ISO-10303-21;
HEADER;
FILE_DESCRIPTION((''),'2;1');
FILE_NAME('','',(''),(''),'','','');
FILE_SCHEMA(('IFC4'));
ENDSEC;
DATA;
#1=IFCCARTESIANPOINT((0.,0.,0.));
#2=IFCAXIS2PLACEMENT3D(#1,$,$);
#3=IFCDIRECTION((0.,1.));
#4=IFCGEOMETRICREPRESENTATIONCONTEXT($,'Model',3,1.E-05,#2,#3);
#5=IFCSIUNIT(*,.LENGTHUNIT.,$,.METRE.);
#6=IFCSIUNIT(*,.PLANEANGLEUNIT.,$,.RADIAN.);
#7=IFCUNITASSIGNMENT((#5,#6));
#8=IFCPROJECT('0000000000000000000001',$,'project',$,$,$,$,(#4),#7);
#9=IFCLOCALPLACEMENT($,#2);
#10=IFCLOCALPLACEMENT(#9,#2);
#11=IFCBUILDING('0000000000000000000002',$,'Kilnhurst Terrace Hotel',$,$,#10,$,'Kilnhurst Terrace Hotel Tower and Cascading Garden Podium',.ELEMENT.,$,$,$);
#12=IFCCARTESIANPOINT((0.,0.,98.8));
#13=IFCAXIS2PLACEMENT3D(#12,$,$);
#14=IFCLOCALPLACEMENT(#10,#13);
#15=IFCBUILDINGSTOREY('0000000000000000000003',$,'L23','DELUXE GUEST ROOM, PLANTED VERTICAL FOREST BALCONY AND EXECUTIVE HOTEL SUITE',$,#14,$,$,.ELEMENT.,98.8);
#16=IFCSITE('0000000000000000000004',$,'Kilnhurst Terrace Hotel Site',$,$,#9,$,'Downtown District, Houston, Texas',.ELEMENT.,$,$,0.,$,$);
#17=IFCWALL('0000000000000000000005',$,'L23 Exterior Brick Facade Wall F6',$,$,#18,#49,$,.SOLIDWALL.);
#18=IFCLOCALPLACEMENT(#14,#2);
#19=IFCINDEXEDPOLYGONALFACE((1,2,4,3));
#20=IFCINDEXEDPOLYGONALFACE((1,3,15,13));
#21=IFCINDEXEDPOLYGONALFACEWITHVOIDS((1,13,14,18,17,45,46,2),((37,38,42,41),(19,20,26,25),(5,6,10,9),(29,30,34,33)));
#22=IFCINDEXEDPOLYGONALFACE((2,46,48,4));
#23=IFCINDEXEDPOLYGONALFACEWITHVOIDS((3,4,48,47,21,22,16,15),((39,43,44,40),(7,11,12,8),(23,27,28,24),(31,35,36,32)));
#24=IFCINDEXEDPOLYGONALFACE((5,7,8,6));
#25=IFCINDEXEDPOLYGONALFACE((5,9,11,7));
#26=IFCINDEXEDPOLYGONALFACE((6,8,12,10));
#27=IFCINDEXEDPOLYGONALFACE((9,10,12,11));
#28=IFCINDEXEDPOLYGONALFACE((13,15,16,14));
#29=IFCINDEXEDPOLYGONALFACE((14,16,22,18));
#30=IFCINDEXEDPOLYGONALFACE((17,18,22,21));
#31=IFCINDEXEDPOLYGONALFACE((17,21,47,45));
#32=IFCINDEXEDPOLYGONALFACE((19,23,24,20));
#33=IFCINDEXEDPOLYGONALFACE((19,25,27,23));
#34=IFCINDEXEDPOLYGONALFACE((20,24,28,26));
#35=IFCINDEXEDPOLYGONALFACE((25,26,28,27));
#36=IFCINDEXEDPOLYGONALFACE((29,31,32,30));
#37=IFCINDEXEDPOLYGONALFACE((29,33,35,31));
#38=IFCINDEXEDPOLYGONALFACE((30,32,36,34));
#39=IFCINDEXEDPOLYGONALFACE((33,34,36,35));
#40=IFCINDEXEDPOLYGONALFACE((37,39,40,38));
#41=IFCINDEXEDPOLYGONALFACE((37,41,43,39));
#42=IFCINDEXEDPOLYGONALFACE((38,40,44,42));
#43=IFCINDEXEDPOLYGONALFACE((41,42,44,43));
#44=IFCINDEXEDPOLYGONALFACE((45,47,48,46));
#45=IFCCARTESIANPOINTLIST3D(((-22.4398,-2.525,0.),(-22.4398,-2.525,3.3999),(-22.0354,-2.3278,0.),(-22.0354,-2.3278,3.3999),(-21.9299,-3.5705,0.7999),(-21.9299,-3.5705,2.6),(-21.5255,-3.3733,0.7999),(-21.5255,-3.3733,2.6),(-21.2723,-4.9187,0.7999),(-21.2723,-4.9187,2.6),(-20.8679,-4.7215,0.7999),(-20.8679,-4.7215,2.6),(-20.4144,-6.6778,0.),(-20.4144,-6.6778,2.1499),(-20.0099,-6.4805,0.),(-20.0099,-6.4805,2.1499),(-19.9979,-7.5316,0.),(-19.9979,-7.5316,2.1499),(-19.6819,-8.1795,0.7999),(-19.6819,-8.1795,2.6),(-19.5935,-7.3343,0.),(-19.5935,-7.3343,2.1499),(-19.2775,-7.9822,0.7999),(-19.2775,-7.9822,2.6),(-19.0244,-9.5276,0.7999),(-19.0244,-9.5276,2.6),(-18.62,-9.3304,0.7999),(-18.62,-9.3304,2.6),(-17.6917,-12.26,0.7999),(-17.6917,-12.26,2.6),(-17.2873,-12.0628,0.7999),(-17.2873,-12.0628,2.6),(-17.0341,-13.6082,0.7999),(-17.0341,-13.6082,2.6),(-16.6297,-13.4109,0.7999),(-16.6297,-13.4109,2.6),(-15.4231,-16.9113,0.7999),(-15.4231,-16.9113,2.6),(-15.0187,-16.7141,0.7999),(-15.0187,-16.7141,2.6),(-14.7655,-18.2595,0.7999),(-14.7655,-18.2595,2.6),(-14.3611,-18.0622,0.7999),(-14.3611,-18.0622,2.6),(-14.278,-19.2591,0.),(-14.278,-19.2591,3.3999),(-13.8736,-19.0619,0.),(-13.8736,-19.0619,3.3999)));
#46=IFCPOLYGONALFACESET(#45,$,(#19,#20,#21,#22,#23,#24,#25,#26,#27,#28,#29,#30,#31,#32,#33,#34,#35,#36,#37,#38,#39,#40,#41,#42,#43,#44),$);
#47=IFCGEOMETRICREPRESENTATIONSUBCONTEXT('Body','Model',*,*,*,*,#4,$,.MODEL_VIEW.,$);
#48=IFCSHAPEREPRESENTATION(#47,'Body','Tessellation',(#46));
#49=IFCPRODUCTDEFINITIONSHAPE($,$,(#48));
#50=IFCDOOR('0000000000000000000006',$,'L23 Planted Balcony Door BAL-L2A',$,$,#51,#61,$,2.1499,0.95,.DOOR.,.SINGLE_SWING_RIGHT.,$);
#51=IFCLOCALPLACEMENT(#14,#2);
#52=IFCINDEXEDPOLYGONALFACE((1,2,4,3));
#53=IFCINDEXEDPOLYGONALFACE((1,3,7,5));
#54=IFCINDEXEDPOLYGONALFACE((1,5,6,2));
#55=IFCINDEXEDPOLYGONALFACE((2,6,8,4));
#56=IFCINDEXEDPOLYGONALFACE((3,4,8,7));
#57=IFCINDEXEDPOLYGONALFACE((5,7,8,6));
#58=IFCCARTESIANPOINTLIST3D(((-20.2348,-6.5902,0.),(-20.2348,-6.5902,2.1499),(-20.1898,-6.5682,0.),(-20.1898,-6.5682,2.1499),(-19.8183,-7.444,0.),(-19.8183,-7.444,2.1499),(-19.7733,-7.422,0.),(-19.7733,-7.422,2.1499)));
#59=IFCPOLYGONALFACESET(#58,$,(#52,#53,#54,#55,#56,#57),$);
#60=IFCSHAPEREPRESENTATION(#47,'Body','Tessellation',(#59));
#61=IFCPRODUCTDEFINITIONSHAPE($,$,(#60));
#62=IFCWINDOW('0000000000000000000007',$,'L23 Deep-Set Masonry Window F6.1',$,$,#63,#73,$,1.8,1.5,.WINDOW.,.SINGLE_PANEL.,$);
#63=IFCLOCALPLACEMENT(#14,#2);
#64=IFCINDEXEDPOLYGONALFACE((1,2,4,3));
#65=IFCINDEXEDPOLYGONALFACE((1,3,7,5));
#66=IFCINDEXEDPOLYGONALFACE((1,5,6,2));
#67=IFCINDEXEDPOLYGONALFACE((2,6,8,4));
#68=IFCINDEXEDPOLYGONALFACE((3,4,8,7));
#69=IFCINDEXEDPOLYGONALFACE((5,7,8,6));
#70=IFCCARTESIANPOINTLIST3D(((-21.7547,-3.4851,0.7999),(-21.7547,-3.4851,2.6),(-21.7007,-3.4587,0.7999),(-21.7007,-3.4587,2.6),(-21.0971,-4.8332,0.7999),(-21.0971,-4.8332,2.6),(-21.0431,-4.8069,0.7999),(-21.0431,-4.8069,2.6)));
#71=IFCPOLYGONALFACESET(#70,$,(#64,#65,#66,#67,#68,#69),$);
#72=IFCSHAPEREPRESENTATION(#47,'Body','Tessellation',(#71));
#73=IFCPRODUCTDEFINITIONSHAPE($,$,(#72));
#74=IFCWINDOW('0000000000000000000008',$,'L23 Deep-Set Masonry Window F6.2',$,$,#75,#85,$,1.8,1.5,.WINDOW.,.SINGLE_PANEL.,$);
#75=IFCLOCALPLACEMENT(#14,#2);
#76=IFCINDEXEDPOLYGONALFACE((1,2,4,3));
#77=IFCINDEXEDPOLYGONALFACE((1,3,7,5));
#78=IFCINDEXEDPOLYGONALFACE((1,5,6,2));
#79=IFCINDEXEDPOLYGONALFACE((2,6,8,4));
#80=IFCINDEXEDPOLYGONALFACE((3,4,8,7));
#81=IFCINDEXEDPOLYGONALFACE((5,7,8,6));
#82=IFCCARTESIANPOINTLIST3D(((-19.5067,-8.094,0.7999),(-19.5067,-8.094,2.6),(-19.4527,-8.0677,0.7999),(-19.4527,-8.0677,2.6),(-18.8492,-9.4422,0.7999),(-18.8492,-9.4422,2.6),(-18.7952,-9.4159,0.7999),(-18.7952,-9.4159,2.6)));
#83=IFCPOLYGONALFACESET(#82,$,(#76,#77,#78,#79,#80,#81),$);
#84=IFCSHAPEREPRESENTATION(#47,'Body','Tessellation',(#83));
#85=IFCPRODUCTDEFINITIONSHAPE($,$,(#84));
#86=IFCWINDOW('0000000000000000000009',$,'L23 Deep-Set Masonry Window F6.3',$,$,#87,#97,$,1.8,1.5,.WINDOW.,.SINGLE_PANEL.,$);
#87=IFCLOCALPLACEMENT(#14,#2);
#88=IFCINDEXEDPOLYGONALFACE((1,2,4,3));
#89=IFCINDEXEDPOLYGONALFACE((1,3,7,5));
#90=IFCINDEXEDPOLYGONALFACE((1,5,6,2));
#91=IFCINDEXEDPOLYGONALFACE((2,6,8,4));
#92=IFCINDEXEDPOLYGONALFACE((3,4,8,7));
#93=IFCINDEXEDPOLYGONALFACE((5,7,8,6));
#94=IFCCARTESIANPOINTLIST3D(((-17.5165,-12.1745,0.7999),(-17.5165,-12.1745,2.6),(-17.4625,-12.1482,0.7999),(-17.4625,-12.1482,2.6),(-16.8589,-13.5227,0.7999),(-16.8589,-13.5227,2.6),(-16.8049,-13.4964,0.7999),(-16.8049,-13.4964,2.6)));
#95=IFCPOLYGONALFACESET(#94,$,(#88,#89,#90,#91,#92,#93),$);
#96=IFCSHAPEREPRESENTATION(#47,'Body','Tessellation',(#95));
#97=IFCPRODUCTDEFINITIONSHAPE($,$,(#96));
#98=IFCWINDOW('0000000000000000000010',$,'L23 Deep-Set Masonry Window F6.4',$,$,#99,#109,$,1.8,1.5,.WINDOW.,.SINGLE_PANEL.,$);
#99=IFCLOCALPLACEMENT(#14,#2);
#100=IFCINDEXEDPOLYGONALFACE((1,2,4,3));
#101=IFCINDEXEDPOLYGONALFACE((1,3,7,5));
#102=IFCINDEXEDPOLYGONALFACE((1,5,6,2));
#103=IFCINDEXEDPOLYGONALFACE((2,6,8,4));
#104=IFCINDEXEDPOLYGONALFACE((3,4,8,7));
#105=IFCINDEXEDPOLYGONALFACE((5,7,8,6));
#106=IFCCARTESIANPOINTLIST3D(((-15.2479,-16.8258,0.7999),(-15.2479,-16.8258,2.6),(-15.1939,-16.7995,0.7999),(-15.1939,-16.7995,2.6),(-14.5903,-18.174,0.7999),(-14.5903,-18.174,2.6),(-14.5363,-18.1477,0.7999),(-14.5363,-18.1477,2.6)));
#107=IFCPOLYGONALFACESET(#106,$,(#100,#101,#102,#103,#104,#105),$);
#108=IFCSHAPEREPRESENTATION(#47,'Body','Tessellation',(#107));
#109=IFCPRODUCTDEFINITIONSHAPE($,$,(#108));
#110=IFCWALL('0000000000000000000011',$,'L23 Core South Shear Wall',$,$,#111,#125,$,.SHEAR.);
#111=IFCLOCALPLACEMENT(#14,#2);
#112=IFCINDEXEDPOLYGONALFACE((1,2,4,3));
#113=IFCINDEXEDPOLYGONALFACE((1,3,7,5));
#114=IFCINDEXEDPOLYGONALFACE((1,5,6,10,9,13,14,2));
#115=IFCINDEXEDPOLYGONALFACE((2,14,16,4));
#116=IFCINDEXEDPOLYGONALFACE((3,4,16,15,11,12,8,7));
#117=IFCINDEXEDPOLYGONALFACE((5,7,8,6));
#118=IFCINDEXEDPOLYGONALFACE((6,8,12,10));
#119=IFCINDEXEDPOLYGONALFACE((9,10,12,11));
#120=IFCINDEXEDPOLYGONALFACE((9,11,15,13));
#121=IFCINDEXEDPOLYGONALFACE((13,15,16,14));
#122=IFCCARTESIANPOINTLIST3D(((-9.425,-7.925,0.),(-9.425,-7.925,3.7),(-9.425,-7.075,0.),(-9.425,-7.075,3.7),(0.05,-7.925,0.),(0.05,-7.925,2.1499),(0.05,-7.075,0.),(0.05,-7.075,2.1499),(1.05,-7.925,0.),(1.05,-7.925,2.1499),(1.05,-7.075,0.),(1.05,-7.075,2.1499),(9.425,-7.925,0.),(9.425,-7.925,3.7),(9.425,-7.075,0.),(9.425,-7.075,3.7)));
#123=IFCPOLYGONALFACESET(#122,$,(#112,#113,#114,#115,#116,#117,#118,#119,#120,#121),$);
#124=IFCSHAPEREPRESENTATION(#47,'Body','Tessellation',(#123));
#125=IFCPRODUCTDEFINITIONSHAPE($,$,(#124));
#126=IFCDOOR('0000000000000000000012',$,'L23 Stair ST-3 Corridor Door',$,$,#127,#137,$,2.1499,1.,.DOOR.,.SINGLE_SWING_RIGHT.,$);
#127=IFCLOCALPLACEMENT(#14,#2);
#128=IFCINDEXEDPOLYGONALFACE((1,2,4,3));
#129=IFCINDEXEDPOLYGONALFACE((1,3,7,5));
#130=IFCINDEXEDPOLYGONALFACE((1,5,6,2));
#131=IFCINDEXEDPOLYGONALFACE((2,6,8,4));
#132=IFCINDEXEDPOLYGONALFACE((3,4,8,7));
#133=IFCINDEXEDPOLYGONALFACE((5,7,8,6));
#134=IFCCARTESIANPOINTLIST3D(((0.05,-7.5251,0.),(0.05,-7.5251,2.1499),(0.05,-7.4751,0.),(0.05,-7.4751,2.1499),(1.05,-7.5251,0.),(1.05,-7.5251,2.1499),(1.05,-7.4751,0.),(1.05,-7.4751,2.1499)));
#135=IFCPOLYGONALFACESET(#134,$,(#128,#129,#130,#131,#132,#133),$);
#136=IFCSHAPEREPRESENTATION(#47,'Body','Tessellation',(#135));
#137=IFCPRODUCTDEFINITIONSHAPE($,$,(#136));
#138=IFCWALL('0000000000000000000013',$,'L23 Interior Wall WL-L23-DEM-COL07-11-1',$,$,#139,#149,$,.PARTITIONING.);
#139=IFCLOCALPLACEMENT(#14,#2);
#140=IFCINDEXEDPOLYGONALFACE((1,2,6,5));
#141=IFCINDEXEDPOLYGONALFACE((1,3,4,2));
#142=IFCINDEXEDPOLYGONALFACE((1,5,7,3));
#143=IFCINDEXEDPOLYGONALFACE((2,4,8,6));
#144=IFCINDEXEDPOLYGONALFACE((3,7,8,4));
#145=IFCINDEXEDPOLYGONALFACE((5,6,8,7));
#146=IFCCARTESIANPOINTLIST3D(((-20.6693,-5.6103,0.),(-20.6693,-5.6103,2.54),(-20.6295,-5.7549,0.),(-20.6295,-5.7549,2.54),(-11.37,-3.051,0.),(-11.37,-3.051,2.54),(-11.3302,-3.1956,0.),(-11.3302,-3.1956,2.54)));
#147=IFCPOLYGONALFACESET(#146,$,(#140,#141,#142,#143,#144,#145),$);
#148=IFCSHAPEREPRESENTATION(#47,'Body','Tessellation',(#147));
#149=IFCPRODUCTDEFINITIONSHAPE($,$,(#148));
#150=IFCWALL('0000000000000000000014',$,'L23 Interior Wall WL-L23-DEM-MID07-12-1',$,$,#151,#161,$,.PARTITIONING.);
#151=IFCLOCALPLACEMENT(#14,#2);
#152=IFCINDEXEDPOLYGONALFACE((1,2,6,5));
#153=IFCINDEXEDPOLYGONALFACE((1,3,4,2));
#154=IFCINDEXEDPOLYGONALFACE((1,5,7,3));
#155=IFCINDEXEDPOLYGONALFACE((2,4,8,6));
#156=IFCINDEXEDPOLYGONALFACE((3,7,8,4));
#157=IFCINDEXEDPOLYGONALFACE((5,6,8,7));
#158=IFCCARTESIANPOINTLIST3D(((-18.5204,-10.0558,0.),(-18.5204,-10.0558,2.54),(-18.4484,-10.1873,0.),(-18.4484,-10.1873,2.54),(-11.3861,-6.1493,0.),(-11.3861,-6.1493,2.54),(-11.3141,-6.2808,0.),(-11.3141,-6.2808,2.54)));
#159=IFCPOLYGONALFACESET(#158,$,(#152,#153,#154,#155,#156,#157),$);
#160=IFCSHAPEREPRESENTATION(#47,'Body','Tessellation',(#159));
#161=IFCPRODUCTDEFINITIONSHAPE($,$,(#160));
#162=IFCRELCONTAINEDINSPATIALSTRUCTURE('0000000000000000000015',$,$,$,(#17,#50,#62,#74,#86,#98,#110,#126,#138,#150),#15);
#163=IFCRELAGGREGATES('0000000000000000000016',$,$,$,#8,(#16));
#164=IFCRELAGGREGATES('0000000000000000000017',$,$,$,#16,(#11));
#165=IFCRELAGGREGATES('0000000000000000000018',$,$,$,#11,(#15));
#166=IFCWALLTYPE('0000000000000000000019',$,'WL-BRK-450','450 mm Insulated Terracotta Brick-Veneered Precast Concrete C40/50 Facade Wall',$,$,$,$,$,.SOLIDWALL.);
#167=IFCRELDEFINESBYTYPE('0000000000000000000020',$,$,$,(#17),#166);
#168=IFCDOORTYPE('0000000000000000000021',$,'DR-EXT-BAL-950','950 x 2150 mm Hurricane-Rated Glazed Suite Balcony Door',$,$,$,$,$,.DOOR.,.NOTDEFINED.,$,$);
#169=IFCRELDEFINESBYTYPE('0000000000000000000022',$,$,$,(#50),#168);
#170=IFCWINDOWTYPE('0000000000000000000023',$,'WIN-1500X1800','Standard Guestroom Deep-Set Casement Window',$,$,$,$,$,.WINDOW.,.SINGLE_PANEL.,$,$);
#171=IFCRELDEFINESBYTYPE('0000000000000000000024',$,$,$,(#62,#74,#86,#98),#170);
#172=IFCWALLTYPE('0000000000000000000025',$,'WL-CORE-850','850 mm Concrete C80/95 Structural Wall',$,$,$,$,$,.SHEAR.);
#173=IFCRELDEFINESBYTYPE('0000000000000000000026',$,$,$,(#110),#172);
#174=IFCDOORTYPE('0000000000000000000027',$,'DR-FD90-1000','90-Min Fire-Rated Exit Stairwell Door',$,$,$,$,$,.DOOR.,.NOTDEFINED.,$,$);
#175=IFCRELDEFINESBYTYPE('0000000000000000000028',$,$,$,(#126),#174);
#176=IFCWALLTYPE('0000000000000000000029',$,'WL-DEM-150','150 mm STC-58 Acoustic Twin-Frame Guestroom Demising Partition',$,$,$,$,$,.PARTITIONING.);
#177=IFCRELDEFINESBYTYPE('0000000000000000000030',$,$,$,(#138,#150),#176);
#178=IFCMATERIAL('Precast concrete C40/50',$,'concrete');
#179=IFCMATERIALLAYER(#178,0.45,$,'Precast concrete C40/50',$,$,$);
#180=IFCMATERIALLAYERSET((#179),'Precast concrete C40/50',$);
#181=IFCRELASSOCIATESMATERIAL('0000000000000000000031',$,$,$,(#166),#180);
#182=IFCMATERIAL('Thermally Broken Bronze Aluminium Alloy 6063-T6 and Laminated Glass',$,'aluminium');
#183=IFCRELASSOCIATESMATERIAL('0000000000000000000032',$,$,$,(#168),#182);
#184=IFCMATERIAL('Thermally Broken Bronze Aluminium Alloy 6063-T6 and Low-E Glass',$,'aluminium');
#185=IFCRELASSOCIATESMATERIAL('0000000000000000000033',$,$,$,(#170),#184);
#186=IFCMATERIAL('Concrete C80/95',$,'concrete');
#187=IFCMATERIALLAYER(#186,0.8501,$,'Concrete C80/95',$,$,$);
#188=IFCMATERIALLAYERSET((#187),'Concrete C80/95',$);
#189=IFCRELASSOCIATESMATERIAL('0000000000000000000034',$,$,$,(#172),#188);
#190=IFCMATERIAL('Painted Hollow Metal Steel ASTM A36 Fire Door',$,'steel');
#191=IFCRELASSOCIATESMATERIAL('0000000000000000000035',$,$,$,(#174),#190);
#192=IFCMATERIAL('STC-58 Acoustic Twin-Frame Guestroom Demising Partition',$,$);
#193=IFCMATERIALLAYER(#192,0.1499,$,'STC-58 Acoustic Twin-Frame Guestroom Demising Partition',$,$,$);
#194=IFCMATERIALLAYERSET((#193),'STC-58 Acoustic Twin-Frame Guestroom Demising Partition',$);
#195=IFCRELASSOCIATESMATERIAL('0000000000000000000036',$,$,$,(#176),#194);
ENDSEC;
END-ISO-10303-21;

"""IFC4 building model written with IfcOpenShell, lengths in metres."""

from ifc_helpers import new_model, si_unit, direction, frame, frame_2d, origin, place, context, subcontext, project, spatial, rectangle, extrude, material, layer, layer_set, type_object, element, fill, save


model = new_model("IFC4")

# Units and contexts
model_context = context("Model", 3, precision=1e-05, world=origin(), true_north=direction((0.0, 1.0)))
body_context = subcontext(model_context, "Body", "Model", "MODEL_VIEW")
ifc_project = project(units=[si_unit("LENGTHUNIT", "METRE"), si_unit("PLANEANGLEUNIT", "RADIAN")], contexts=[model_context])

# Site, building, storey
site_placement = place(None, origin())
site = spatial("IfcSite", under=ifc_project, at=site_placement, Name="Kilnhurst Terrace Hotel Site", LongName="Downtown District, Houston, Texas", CompositionType="ELEMENT", RefElevation=0.0)
building_placement = place(site_placement, origin())
building = spatial("IfcBuilding", under=site, at=building_placement, Name="Kilnhurst Terrace Hotel", LongName="Kilnhurst Terrace Hotel Tower and Cascading Garden Podium", CompositionType="ELEMENT")
storey_placement = place(building_placement, frame((0.0, 0.0, 98.8)))
storey = spatial("IfcBuildingStorey", under=building, at=storey_placement, Name="L23", Description="DELUXE GUEST ROOM, PLANTED VERTICAL FOREST BALCONY AND EXECUTIVE HOTEL SUITE", CompositionType="ELEMENT", Elevation=98.8)

# Shared definitions
ifc_material_1 = material(Name="Concrete C80/95", Category="concrete")

# Shared definitions
ifc_material_2 = material(Name="Precast concrete C40/50", Category="concrete")
ifc_layer_1 = layer(ifc_material_2, 0.45, Name="Precast concrete C40/50")
ifc_layer_set_1 = layer_set([ifc_layer_1], Name="Precast concrete C40/50")
wall_type_1 = type_object("IfcWallType", Name="WL-BRK-450", Description="450 mm Insulated Terracotta Brick-Veneered Precast Concrete C40/50 Facade Wall", PredefinedType="SOLIDWALL", material=ifc_layer_set_1)

# Wall, openings, door, windows
wall_1_placement = place(storey_placement, frame((-22.2375, -2.4265, 0.0), z_axis=(0.0, 0.0, 1.0), x_axis=(0.438375, -0.898792, 0.0)))
wall_1 = element("IfcWall", 1, at=wall_1_placement, inside=storey, type_object=wall_type_1, Name="L23 Exterior Brick Facade Wall F6", PredefinedType="SOLIDWALL", context=body_context, shape_type="SweptSolid", body=[
    extrude(rectangle(XDim=18.6184, YDim=0.45, at=frame_2d((9.3091, 0.0))), origin(), (0.0, 0.0, 1.0), 3.3999),
])
opening_1_placement = place(wall_1_placement, frame((4.6201, 0.0, 0.0)))
opening_1 = element("IfcOpeningElement", 2, at=opening_1_placement, cuts=wall_1, PredefinedType="OPENING", context=body_context, shape_type="SweptSolid", body=[
    extrude(rectangle(XDim=0.95, YDim=2.1499, at=frame_2d((0.4751, 1.075))), frame((0.0, 0.2349, 0.0), z_axis=(0.0, -1.0, 0.0), x_axis=(1.0, 0.0, 0.0)), (0.0, 0.0, 1.0), 0.47),
])
opening_2_placement = place(wall_1_placement, frame((1.1631, 0.0, 0.8)))
opening_2 = element("IfcOpeningElement", 3, at=opening_2_placement, cuts=wall_1, PredefinedType="OPENING", context=body_context, shape_type="SweptSolid", body=[
    extrude(rectangle(XDim=1.5, YDim=1.8, at=frame_2d((0.75, 0.8999))), frame((0.0, 0.2349, 0.0), z_axis=(0.0, -1.0, 0.0), x_axis=(1.0, 0.0, 0.0)), (0.0, 0.0, 1.0), 0.47),
])
opening_3_placement = place(wall_1_placement, frame((6.291, 0.0, 0.8)))
opening_3 = element("IfcOpeningElement", 4, at=opening_3_placement, cuts=wall_1, PredefinedType="OPENING", context=body_context, shape_type="SweptSolid", body=[
    extrude(rectangle(XDim=1.5, YDim=1.8, at=frame_2d((0.75, 0.8999))), frame((0.0, 0.2349, 0.0), z_axis=(0.0, -1.0, 0.0), x_axis=(1.0, 0.0, 0.0)), (0.0, 0.0, 1.0), 0.47),
])
opening_4_placement = place(wall_1_placement, frame((10.8311, 0.0, 0.8)))
opening_4 = element("IfcOpeningElement", 5, at=opening_4_placement, cuts=wall_1, PredefinedType="OPENING", context=body_context, shape_type="SweptSolid", body=[
    extrude(rectangle(XDim=1.5, YDim=1.8, at=frame_2d((0.75, 0.8999))), frame((0.0, 0.2349, 0.0), z_axis=(0.0, -1.0, 0.0), x_axis=(1.0, 0.0, 0.0)), (0.0, 0.0, 1.0), 0.47),
])
opening_5_placement = place(wall_1_placement, frame((16.0061, 0.0, 0.8)))
opening_5 = element("IfcOpeningElement", 6, at=opening_5_placement, cuts=wall_1, PredefinedType="OPENING", context=body_context, shape_type="SweptSolid", body=[
    extrude(rectangle(XDim=1.5, YDim=1.8, at=frame_2d((0.75, 0.8999))), frame((0.0, 0.2349, 0.0), z_axis=(0.0, -1.0, 0.0), x_axis=(1.0, 0.0, 0.0)), (0.0, 0.0, 1.0), 0.47),
])
ifc_material_3 = material(Name="Thermally Broken Bronze Aluminium Alloy 6063-T6 and Laminated Glass", Category="aluminium")
door_type_1 = type_object("IfcDoorType", Name="DR-EXT-BAL-950", Description="950 x 2150 mm Hurricane-Rated Glazed Suite Balcony Door", OperationType="NOTDEFINED", PredefinedType="DOOR", material=ifc_material_3)
door_1_placement = place(opening_1_placement, origin())
door_1 = element("IfcDoor", 7, at=door_1_placement, inside=storey, type_object=door_type_1, Name="L23 Planted Balcony Door BAL-L2A", OperationType="SINGLE_SWING_RIGHT", OverallHeight=2.1499, OverallWidth=0.95, PredefinedType="DOOR", context=body_context, shape_type="SweptSolid", body=[
    extrude(rectangle(XDim=0.95, YDim=2.1499, at=frame_2d((0.4751, 1.075))), frame((0.0, 0.0249, 0.0), z_axis=(0.0, -1.0, 0.0), x_axis=(1.0, 0.0, 0.0)), (0.0, 0.0, 1.0), 0.05),
])
fill(opening_1, door_1)
ifc_material_4 = material(Name="Thermally Broken Bronze Aluminium Alloy 6063-T6 and Low-E Glass", Category="aluminium")
window_type = type_object("IfcWindowType", Name="WIN-1500X1800", Description="Standard Guestroom Deep-Set Casement Window", PartitioningType="SINGLE_PANEL", PredefinedType="WINDOW", material=ifc_material_4)
window_1_placement = place(opening_2_placement, origin())
window_1 = element("IfcWindow", 8, at=window_1_placement, inside=storey, type_object=window_type, Name="L23 Deep-Set Masonry Window F6.1", OverallHeight=1.8, OverallWidth=1.5, PartitioningType="SINGLE_PANEL", PredefinedType="WINDOW", context=body_context, shape_type="SweptSolid", body=[
    extrude(rectangle(XDim=1.5, YDim=1.8, at=frame_2d((0.75, 0.8999))), frame((0.0, 0.03, 0.0), z_axis=(0.0, -1.0, 0.0), x_axis=(1.0, 0.0, 0.0)), (0.0, 0.0, 1.0), 0.0601),
])
fill(opening_2, window_1)
window_2_placement = place(opening_3_placement, origin())
window_2 = element("IfcWindow", 9, at=window_2_placement, inside=storey, type_object=window_type, Name="L23 Deep-Set Masonry Window F6.2", OverallHeight=1.8, OverallWidth=1.5, PartitioningType="SINGLE_PANEL", PredefinedType="WINDOW", context=body_context, shape_type="SweptSolid", body=[
    extrude(rectangle(XDim=1.5, YDim=1.8, at=frame_2d((0.75, 0.8999))), frame((0.0, 0.03, 0.0), z_axis=(0.0, -1.0, 0.0), x_axis=(1.0, 0.0, 0.0)), (0.0, 0.0, 1.0), 0.0601),
])
fill(opening_3, window_2)
window_3_placement = place(opening_4_placement, origin())
window_3 = element("IfcWindow", 10, at=window_3_placement, inside=storey, type_object=window_type, Name="L23 Deep-Set Masonry Window F6.3", OverallHeight=1.8, OverallWidth=1.5, PartitioningType="SINGLE_PANEL", PredefinedType="WINDOW", context=body_context, shape_type="SweptSolid", body=[
    extrude(rectangle(XDim=1.5, YDim=1.8, at=frame_2d((0.75, 0.8999))), frame((0.0, 0.03, 0.0), z_axis=(0.0, -1.0, 0.0), x_axis=(1.0, 0.0, 0.0)), (0.0, 0.0, 1.0), 0.0601),
])
fill(opening_4, window_3)
window_4_placement = place(opening_5_placement, origin())
window_4 = element("IfcWindow", 11, at=window_4_placement, inside=storey, type_object=window_type, Name="L23 Deep-Set Masonry Window F6.4", OverallHeight=1.8, OverallWidth=1.5, PartitioningType="SINGLE_PANEL", PredefinedType="WINDOW", context=body_context, shape_type="SweptSolid", body=[
    extrude(rectangle(XDim=1.5, YDim=1.8, at=frame_2d((0.75, 0.8999))), frame((0.0, 0.03, 0.0), z_axis=(0.0, -1.0, 0.0), x_axis=(1.0, 0.0, 0.0)), (0.0, 0.0, 1.0), 0.0601),
])
fill(opening_5, window_4)

# Wall, opening, door
ifc_layer_2 = layer(ifc_material_1, 0.8501, Name="Concrete C80/95")
ifc_layer_set_2 = layer_set([ifc_layer_2], Name="Concrete C80/95")
wall_type_2 = type_object("IfcWallType", Name="WL-CORE-850", Description="850 mm Concrete C80/95 Structural Wall", PredefinedType="SHEAR", material=ifc_layer_set_2)
wall_2_placement = place(storey_placement, frame((-9.425, -7.5, 0.0), z_axis=(0.0, 0.0, 1.0), x_axis=(1.0, 0.0, 0.0)))
wall_2 = element("IfcWall", 12, at=wall_2_placement, inside=storey, type_object=wall_type_2, Name="L23 Core South Shear Wall", PredefinedType="SHEAR", context=body_context, shape_type="SweptSolid", body=[
    extrude(rectangle(XDim=18.8501, YDim=0.8501, at=frame_2d((9.425, 0.0))), origin(), (0.0, 0.0, 1.0), 3.7),
])
opening_6_placement = place(wall_2_placement, frame((9.4751, 0.0, 0.0)))
opening_6 = element("IfcOpeningElement", 13, at=opening_6_placement, cuts=wall_2, PredefinedType="OPENING", context=body_context, shape_type="SweptSolid", body=[
    extrude(rectangle(XDim=1.0, YDim=2.1499, at=frame_2d((0.5, 1.075))), frame((0.0, 0.4351, 0.0), z_axis=(0.0, -1.0, 0.0), x_axis=(1.0, 0.0, 0.0)), (0.0, 0.0, 1.0), 0.8701),
])
ifc_material_5 = material(Name="Painted Hollow Metal Steel ASTM A36 Fire Door", Category="steel")
door_type_2 = type_object("IfcDoorType", Name="DR-FD90-1000", Description="90-Min Fire-Rated Exit Stairwell Door", OperationType="NOTDEFINED", PredefinedType="DOOR", material=ifc_material_5)
door_2_placement = place(opening_6_placement, origin())
door_2 = element("IfcDoor", 14, at=door_2_placement, inside=storey, type_object=door_type_2, Name="L23 Stair ST-3 Corridor Door", OperationType="SINGLE_SWING_RIGHT", OverallHeight=2.1499, OverallWidth=1.0, PredefinedType="DOOR", context=body_context, shape_type="SweptSolid", body=[
    extrude(rectangle(XDim=1.0, YDim=2.1499, at=frame_2d((0.5, 1.075))), frame((0.0, 0.0249, 0.0), z_axis=(0.0, -1.0, 0.0), x_axis=(1.0, 0.0, 0.0)), (0.0, 0.0, 1.0), 0.05),
])
fill(opening_6, door_2)

# Walls
ifc_material_6 = material(Name="STC-58 Acoustic Twin-Frame Guestroom Demising Partition")
ifc_layer_3 = layer(ifc_material_6, 0.1499, Name="STC-58 Acoustic Twin-Frame Guestroom Demising Partition")
ifc_layer_set_3 = layer_set([ifc_layer_3], Name="STC-58 Acoustic Twin-Frame Guestroom Demising Partition")
wall_type_3 = type_object("IfcWallType", Name="WL-DEM-150", Description="150 mm STC-58 Acoustic Twin-Frame Guestroom Demising Partition", PredefinedType="PARTITIONING", material=ifc_layer_set_3)
wall_3_placement = place(storey_placement, frame((-11.3501, -3.1233, 0.0), z_axis=(0.0, 0.0, 1.0), x_axis=(-0.964152, -0.265351, 0.0)))
element("IfcWall", 15, at=wall_3_placement, inside=storey, type_object=wall_type_3, Name="L23 Interior Wall WL-L23-DEM-COL07-11-1", PredefinedType="PARTITIONING", context=body_context, shape_type="SweptSolid", body=[
    extrude(rectangle(XDim=9.645, YDim=0.1499, at=frame_2d((4.8225, 0.0))), origin(), (0.0, 0.0, 1.0), 2.54),
])
wall_4_placement = place(storey_placement, frame((-11.3501, -6.2151, 0.0), z_axis=(0.0, 0.0, 1.0), x_axis=(-0.877116, -0.480279, 0.0)))
element("IfcWall", 16, at=wall_4_placement, inside=storey, type_object=wall_type_3, Name="L23 Interior Wall WL-L23-DEM-MID07-12-1", PredefinedType="PARTITIONING", context=body_context, shape_type="SweptSolid", body=[
    extrude(rectangle(XDim=8.1338, YDim=0.1499, at=frame_2d((4.0669, 0.0))), origin(), (0.0, 0.0, 1.0), 2.54),
])

save(model, "model.ifc")
